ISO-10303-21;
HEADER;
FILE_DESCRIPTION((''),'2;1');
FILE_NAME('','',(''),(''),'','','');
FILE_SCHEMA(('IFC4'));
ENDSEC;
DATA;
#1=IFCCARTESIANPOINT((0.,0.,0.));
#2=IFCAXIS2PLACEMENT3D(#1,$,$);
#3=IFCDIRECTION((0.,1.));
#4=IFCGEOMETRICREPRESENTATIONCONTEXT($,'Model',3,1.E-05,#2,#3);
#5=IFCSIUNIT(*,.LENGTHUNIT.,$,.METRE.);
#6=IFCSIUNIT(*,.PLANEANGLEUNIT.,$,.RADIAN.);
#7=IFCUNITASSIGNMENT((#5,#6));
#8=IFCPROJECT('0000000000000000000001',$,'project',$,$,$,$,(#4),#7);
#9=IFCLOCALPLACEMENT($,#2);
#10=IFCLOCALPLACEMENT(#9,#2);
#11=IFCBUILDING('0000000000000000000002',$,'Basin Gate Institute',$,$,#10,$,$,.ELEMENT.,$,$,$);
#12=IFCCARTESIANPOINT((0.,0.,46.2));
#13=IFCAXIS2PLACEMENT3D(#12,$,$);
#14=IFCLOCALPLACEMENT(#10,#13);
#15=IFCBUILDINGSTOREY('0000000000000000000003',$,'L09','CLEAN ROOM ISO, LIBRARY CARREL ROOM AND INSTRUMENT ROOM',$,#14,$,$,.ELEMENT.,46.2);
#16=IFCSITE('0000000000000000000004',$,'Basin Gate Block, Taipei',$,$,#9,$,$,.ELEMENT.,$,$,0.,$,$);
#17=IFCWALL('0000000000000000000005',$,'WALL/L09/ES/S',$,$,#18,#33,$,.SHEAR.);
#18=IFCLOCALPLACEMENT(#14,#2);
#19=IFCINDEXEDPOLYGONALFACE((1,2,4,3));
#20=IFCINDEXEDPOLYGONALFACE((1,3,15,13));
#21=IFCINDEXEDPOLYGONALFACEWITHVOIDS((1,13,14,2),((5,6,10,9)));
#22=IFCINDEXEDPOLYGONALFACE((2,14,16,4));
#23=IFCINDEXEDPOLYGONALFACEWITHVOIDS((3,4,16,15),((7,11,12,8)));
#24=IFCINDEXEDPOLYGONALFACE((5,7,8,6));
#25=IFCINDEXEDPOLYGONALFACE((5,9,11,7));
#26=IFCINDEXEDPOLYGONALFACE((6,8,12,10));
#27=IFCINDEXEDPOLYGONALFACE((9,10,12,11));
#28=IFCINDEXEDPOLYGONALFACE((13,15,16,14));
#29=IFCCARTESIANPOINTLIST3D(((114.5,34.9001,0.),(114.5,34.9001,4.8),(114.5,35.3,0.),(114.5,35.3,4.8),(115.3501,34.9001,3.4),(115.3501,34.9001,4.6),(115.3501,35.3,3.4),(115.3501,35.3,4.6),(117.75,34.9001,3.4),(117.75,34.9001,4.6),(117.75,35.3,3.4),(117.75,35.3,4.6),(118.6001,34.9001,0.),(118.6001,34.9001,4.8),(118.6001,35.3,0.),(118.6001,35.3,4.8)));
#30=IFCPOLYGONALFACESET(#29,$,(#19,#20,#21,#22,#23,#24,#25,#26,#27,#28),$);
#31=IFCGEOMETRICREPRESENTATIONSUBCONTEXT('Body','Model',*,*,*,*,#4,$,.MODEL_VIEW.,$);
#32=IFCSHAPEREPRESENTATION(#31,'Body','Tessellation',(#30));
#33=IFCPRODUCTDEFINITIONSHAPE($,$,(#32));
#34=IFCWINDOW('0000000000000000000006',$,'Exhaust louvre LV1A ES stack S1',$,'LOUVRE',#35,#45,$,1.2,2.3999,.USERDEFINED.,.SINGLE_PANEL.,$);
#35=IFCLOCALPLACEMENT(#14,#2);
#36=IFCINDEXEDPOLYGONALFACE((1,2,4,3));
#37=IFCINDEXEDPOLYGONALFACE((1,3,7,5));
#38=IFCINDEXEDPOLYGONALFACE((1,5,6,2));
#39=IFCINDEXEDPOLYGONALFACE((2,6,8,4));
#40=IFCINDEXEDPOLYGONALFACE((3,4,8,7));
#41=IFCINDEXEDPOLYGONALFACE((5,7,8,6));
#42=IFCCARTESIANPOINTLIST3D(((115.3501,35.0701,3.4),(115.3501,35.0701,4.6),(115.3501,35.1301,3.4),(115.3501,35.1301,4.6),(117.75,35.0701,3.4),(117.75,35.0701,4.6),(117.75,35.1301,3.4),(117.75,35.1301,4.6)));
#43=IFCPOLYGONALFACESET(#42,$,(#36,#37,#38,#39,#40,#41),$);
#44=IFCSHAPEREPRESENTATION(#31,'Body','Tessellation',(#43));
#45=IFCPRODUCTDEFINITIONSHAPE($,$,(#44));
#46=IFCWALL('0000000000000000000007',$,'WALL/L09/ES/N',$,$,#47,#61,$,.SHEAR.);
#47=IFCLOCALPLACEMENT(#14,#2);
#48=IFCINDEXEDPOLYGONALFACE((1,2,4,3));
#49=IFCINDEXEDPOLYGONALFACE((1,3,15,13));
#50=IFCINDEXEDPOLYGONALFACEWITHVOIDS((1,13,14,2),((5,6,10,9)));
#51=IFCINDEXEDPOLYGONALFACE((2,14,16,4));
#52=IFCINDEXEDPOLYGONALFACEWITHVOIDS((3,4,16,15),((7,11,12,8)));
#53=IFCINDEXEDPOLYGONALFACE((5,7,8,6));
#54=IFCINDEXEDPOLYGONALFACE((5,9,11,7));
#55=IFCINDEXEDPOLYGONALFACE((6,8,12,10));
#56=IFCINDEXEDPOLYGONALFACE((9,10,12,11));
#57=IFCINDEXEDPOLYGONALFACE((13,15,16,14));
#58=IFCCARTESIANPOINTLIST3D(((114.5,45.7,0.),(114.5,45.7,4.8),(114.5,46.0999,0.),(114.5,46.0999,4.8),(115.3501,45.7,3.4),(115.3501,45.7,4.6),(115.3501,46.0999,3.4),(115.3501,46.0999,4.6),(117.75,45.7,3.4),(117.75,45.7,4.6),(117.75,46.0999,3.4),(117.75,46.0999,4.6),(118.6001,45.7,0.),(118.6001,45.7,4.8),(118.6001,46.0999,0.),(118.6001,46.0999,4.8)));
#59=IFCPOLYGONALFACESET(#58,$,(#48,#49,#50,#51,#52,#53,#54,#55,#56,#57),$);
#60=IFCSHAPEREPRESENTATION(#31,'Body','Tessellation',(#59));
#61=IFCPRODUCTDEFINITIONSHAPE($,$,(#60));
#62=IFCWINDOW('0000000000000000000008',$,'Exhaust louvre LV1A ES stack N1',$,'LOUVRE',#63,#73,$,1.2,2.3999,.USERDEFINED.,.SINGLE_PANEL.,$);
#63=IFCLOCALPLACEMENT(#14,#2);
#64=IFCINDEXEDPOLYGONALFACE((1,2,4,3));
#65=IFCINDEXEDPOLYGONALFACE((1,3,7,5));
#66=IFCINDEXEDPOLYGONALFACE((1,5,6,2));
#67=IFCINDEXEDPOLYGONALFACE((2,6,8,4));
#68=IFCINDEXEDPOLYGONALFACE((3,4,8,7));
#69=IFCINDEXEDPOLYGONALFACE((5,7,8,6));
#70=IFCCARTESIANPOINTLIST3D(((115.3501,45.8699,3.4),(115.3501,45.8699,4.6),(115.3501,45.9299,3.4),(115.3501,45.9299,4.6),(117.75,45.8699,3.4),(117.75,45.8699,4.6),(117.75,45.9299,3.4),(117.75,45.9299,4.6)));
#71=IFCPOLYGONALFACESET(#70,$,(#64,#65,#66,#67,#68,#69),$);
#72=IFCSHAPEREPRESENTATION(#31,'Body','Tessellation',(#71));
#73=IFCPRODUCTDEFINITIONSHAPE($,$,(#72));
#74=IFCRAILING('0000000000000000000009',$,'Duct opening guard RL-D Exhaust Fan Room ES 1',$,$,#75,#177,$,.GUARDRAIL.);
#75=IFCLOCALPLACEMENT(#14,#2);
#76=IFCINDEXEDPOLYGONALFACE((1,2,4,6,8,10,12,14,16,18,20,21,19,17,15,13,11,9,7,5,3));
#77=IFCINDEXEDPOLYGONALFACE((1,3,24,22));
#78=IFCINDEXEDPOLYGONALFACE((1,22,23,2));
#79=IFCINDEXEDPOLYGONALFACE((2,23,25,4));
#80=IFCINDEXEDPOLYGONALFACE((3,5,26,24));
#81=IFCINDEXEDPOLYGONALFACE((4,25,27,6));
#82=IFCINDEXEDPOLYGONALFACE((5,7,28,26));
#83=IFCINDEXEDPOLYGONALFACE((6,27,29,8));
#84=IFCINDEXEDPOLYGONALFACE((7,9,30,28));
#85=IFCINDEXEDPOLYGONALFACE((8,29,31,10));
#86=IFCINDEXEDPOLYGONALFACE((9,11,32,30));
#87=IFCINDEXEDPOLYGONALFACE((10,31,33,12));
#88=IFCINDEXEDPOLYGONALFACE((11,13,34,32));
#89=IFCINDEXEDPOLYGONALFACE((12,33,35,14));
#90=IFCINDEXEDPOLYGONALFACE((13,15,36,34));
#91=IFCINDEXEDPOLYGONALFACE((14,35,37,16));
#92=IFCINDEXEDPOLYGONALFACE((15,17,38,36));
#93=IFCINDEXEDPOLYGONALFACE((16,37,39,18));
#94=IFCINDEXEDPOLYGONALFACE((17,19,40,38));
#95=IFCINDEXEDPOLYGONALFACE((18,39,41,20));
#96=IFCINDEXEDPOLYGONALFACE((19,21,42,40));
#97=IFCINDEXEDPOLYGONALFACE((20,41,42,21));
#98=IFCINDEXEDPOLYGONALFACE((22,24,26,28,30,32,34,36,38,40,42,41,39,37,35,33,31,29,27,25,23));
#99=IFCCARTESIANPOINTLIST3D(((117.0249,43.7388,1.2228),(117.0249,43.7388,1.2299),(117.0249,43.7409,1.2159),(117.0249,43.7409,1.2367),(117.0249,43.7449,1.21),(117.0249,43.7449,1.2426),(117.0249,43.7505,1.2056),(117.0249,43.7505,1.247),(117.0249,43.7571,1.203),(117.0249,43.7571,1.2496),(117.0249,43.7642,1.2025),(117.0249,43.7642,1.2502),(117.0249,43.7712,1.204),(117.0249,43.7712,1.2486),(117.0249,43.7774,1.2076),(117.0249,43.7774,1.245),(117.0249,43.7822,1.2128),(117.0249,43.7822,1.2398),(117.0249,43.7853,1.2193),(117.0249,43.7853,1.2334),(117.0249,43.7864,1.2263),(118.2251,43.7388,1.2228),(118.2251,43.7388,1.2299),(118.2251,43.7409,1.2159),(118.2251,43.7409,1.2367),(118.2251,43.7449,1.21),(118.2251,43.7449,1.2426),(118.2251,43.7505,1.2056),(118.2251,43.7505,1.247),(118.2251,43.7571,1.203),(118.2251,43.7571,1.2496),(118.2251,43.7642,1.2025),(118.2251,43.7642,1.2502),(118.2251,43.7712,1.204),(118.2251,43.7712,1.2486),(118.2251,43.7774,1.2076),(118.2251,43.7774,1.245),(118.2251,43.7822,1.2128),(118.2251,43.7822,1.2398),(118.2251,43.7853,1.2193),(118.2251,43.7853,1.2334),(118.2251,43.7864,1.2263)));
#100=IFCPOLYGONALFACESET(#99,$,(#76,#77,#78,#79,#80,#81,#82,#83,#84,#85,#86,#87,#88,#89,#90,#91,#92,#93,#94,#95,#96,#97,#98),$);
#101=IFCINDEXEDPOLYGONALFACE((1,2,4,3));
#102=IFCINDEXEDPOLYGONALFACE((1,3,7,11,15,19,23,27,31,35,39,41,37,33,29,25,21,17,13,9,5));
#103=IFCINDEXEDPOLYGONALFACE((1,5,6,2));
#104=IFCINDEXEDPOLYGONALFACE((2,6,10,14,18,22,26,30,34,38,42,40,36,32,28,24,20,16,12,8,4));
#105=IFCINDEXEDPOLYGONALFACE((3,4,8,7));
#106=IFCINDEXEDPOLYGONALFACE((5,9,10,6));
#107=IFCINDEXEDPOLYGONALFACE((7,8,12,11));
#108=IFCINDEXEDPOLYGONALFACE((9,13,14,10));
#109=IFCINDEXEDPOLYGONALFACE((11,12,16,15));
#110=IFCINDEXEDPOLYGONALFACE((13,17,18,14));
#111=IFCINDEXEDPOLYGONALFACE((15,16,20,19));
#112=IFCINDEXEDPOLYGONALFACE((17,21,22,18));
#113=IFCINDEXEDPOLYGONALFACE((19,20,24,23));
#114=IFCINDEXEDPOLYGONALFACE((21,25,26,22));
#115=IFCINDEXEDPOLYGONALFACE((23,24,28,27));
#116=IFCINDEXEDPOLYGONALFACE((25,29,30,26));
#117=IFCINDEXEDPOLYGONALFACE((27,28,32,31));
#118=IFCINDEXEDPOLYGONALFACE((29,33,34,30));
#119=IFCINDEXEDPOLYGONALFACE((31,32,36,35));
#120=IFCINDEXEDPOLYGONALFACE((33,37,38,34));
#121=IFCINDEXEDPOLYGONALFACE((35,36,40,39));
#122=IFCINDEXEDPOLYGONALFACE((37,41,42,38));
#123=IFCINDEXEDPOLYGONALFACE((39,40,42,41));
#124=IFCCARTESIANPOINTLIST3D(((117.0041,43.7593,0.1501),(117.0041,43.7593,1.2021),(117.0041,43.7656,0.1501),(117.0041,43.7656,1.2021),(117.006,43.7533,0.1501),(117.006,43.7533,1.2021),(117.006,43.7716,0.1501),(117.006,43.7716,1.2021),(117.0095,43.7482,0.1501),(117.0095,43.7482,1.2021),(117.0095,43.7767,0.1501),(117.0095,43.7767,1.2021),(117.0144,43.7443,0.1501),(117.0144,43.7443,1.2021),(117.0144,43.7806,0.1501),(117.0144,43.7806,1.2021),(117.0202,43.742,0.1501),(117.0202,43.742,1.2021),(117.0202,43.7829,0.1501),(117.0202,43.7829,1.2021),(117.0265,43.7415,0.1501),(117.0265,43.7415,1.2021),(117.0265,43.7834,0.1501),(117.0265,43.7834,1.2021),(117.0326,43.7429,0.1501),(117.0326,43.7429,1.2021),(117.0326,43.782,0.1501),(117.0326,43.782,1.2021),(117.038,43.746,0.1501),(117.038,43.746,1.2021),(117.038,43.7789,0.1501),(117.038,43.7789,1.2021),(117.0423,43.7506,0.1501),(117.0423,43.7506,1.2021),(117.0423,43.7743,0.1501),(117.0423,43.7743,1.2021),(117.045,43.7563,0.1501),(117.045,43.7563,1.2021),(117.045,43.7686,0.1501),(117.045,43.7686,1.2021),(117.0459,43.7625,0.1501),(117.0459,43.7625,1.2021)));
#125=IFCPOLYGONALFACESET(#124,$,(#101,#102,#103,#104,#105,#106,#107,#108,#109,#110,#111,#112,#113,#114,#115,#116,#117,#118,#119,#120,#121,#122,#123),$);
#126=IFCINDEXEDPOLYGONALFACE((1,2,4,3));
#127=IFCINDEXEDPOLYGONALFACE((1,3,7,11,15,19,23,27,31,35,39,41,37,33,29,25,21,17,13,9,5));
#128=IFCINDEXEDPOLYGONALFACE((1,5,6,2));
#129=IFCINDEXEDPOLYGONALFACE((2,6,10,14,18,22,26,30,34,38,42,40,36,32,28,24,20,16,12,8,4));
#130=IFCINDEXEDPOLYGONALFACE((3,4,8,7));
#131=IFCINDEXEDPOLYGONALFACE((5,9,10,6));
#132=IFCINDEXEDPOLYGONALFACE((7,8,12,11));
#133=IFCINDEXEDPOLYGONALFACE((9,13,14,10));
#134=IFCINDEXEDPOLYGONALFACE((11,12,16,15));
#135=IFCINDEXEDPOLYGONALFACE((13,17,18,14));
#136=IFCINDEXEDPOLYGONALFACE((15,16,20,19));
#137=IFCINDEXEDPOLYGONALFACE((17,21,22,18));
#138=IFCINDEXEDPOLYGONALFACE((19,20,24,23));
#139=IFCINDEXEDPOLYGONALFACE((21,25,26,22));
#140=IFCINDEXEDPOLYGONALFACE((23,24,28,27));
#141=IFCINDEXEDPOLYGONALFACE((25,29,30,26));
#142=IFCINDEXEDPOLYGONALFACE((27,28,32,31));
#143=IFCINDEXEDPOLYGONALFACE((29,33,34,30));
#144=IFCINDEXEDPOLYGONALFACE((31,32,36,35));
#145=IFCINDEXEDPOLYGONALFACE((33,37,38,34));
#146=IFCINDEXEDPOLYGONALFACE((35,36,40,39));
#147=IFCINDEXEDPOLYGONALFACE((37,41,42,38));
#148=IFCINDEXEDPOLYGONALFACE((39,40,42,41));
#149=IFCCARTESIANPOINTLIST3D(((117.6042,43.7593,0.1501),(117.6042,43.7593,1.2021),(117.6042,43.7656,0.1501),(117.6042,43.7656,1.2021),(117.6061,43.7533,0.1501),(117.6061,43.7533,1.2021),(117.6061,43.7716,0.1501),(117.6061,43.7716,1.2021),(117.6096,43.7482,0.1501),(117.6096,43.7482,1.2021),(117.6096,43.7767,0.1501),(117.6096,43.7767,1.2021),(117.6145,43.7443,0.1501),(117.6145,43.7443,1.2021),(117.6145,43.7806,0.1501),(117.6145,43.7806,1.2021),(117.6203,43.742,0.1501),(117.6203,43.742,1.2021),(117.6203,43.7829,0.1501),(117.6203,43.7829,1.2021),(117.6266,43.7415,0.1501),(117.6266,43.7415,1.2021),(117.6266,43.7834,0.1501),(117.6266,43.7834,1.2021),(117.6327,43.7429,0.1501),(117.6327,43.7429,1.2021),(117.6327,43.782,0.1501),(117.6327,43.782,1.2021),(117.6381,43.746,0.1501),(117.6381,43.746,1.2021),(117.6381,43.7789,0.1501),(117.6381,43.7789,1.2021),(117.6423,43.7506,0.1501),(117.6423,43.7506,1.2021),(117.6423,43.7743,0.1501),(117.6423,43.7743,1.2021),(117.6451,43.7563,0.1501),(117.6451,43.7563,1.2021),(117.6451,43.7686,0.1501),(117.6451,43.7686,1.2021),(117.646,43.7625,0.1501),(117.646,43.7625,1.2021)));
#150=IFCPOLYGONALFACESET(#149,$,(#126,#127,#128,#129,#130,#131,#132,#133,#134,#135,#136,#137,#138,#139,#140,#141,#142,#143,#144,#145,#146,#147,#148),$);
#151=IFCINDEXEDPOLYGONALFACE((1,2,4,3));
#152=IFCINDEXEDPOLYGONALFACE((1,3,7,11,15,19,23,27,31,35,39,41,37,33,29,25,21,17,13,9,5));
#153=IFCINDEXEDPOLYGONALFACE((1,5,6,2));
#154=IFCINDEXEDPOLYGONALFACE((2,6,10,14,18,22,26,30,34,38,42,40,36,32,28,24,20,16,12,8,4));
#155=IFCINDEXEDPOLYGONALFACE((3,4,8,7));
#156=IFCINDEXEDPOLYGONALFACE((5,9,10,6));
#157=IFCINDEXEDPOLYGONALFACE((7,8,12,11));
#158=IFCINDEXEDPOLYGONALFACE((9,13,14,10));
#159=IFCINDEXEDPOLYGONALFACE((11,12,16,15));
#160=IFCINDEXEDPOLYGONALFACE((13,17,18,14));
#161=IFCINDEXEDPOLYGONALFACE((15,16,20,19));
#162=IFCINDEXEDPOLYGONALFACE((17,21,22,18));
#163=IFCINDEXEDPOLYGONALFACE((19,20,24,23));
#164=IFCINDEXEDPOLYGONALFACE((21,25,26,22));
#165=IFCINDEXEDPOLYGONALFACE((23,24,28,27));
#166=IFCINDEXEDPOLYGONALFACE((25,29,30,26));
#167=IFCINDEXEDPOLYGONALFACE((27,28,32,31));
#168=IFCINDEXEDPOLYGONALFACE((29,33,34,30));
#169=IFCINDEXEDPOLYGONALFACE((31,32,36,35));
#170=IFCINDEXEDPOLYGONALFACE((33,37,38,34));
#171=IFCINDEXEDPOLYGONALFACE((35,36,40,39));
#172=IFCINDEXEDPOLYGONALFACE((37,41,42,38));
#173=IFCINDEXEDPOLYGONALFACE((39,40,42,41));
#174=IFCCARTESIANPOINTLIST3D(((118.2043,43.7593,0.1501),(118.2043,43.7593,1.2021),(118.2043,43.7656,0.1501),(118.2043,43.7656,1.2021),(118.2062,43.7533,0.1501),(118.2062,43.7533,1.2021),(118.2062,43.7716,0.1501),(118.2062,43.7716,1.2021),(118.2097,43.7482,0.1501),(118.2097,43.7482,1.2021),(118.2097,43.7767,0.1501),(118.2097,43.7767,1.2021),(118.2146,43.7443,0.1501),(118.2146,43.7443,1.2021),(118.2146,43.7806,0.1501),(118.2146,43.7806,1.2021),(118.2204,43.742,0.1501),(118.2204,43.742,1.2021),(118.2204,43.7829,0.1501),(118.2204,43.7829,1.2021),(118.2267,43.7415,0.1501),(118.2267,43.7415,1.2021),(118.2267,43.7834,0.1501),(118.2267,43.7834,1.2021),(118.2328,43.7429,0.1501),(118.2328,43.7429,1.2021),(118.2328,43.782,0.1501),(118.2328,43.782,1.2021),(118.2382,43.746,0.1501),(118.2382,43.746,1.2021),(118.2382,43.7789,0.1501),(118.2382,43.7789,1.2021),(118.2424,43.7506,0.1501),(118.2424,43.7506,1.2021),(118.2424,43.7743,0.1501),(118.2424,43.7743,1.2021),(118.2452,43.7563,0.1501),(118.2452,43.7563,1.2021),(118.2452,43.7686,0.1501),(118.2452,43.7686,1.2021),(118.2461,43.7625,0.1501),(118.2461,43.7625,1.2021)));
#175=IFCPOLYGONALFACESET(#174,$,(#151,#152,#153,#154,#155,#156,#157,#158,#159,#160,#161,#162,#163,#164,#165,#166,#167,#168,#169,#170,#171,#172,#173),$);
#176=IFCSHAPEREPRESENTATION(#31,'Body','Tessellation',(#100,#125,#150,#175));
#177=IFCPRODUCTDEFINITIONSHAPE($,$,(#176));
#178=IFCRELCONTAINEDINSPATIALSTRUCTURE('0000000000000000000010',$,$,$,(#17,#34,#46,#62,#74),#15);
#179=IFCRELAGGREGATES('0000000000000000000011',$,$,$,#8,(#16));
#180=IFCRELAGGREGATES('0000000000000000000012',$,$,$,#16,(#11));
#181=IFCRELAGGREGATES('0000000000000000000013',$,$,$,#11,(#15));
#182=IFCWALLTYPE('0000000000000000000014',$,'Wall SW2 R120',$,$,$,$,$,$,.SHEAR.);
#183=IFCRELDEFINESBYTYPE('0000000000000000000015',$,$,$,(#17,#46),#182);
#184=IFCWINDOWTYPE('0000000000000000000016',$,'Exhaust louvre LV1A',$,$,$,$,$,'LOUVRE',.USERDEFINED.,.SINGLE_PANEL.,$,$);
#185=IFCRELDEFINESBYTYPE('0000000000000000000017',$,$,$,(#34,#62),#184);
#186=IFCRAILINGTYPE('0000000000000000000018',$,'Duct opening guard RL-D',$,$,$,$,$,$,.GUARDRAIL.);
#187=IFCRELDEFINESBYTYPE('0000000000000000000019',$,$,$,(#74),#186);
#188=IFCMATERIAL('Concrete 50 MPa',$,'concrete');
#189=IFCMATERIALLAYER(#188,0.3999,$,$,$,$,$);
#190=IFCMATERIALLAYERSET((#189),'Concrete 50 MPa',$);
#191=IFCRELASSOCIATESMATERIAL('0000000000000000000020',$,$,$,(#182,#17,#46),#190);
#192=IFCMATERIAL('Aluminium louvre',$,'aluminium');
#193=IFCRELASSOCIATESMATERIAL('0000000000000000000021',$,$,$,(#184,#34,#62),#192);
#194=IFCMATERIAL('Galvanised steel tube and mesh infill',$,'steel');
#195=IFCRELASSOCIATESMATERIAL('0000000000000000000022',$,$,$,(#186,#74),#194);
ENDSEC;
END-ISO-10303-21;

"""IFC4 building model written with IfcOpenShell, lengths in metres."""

from ifc_helpers import new_model, si_unit, direction, frame, frame_2d, origin, origin_2d, place, context, subcontext, project, spatial, rectangle, circle, extrude, material, layer, layer_set, type_object, element, fill, save


model = new_model("IFC4")

# Units and contexts
model_context = context("Model", 3, precision=1e-05, world=origin(), true_north=direction((0.0, 1.0)))
body_context = subcontext(model_context, "Body", "Model", "MODEL_VIEW")
ifc_project = project(units=[si_unit("LENGTHUNIT", "METRE"), si_unit("PLANEANGLEUNIT", "RADIAN")], contexts=[model_context])

# Site, building, storey
site_placement = place(None, origin())
site = spatial("IfcSite", under=ifc_project, at=site_placement, Name="Basin Gate Block, Taipei", CompositionType="ELEMENT", RefElevation=0.0)
building_placement = place(site_placement, origin())
building = spatial("IfcBuilding", under=site, at=building_placement, Name="Basin Gate Institute", CompositionType="ELEMENT")
storey_placement = place(building_placement, frame((0.0, 0.0, 46.2)))
storey = spatial("IfcBuildingStorey", under=building, at=storey_placement, Name="L09", Description="CLEAN ROOM ISO, LIBRARY CARREL ROOM AND INSTRUMENT ROOM", CompositionType="ELEMENT", Elevation=46.2)

# Shared definitions
ifc_material_1 = material(Name="Concrete 50 MPa", Category="concrete")
ifc_layer_1 = layer(ifc_material_1, 0.3999)
ifc_layer_set_1 = layer_set([ifc_layer_1], Name="Concrete 50 MPa")
wall_type_1 = type_object("IfcWallType", Name="Wall SW2 R120", PredefinedType="SHEAR", material=ifc_layer_set_1)
ifc_material_2 = material(Name="Aluminium louvre", Category="aluminium")
window_type = type_object("IfcWindowType", Name="Exhaust louvre LV1A", ElementType="LOUVRE", PartitioningType="SINGLE_PANEL", PredefinedType="USERDEFINED", material=ifc_material_2)

# Walls, openings, windows
wall_1_placement = place(storey_placement, frame((118.6001, 35.1001, 0.0), z_axis=(0.0, 0.0, 1.0), x_axis=(-1.0, 0.0, 0.0)))
wall_1 = element("IfcWall", 1, at=wall_1_placement, inside=storey, type_object=wall_type_1, material=ifc_layer_set_1, Name="WALL/L09/ES/S", PredefinedType="SHEAR", context=body_context, shape_type="SweptSolid", body=[
    extrude(rectangle(XDim=4.1001, YDim=0.3999, at=frame_2d((2.05, 0.0))), origin(), (0.0, 0.0, 1.0), 4.8),
])
opening_1_placement = place(wall_1_placement, frame((0.8501, 0.0, 3.3999)))
opening_1 = element("IfcOpeningElement", 2, at=opening_1_placement, cuts=wall_1, PredefinedType="OPENING", context=body_context, shape_type="SweptSolid", body=[
    extrude(rectangle(XDim=2.3999, YDim=1.2, at=frame_2d((1.2, 0.6001))), frame((0.0, 0.21, 0.0), z_axis=(0.0, -1.0, 0.0), x_axis=(1.0, 0.0, 0.0)), (0.0, 0.0, 1.0), 0.4199),
])
window_1_placement = place(opening_1_placement, origin())
window_1 = element("IfcWindow", 3, at=window_1_placement, inside=storey, type_object=window_type, material=ifc_material_2, Name="Exhaust louvre LV1A ES stack S1", ObjectType="LOUVRE", OverallHeight=1.2, OverallWidth=2.3999, PartitioningType="SINGLE_PANEL", PredefinedType="USERDEFINED", context=body_context, shape_type="SweptSolid", body=[
    extrude(rectangle(XDim=2.3999, YDim=1.2, at=frame_2d((1.2, 0.6001))), frame((0.0, 0.03, 0.0), z_axis=(0.0, -1.0, 0.0), x_axis=(1.0, 0.0, 0.0)), (0.0, 0.0, 1.0), 0.0601),
])
fill(opening_1, window_1)
wall_2_placement = place(storey_placement, frame((118.6001, 45.8999, 0.0), z_axis=(0.0, 0.0, 1.0), x_axis=(-1.0, 0.0, 0.0)))
wall_2 = element("IfcWall", 4, at=wall_2_placement, inside=storey, type_object=wall_type_1, material=ifc_layer_set_1, Name="WALL/L09/ES/N", PredefinedType="SHEAR", context=body_context, shape_type="SweptSolid", body=[
    extrude(rectangle(XDim=4.1001, YDim=0.3999, at=frame_2d((2.05, 0.0))), origin(), (0.0, 0.0, 1.0), 4.8),
])
opening_2_placement = place(wall_2_placement, frame((0.8501, 0.0, 3.3999)))
opening_2 = element("IfcOpeningElement", 5, at=opening_2_placement, cuts=wall_2, PredefinedType="OPENING", context=body_context, shape_type="SweptSolid", body=[
    extrude(rectangle(XDim=2.3999, YDim=1.2, at=frame_2d((1.2, 0.6001))), frame((0.0, 0.21, 0.0), z_axis=(0.0, -1.0, 0.0), x_axis=(1.0, 0.0, 0.0)), (0.0, 0.0, 1.0), 0.4199),
])
window_2_placement = place(opening_2_placement, origin())
window_2 = element("IfcWindow", 6, at=window_2_placement, inside=storey, type_object=window_type, material=ifc_material_2, Name="Exhaust louvre LV1A ES stack N1", ObjectType="LOUVRE", OverallHeight=1.2, OverallWidth=2.3999, PartitioningType="SINGLE_PANEL", PredefinedType="USERDEFINED", context=body_context, shape_type="SweptSolid", body=[
    extrude(rectangle(XDim=2.3999, YDim=1.2, at=frame_2d((1.2, 0.6001))), frame((0.0, 0.03, 0.0), z_axis=(0.0, -1.0, 0.0), x_axis=(1.0, 0.0, 0.0)), (0.0, 0.0, 1.0), 0.0601),
])
fill(opening_2, window_2)

# Railing
ifc_material_3 = material(Name="Galvanised steel tube and mesh infill", Category="steel")
railing_type_1 = type_object("IfcRailingType", Name="Duct opening guard RL-D", PredefinedType="GUARDRAIL", material=ifc_material_3)
railing_1_placement = place(storey_placement, frame((117.0249, 43.7625, 0.1501)))
element("IfcRailing", 7, at=railing_1_placement, inside=storey, type_object=railing_type_1, material=ifc_material_3, Name="Duct opening guard RL-D Exhaust Fan Room ES 1", PredefinedType="GUARDRAIL", context=body_context, shape_type="SweptSolid", body=[
    extrude(circle(Radius=0.0239, at=origin_2d()), frame((0.0, 0.0, 1.0762), z_axis=(1.0, 0.0, 0.0), x_axis=(0.0, 1.0, 0.0)), (0.0, 0.0, 1.0), 1.2002),
    extrude(circle(Radius=0.021, at=origin_2d()), origin(), (0.0, 0.0, 1.0), 1.052),
    extrude(circle(Radius=0.021, at=origin_2d()), frame((0.6001, 0.0, 0.0)), (0.0, 0.0, 1.0), 1.052),
    extrude(circle(Radius=0.021, at=origin_2d()), frame((1.2002, 0.0, 0.0)), (0.0, 0.0, 1.0), 1.052),
])

save(model, "model.ifc")
